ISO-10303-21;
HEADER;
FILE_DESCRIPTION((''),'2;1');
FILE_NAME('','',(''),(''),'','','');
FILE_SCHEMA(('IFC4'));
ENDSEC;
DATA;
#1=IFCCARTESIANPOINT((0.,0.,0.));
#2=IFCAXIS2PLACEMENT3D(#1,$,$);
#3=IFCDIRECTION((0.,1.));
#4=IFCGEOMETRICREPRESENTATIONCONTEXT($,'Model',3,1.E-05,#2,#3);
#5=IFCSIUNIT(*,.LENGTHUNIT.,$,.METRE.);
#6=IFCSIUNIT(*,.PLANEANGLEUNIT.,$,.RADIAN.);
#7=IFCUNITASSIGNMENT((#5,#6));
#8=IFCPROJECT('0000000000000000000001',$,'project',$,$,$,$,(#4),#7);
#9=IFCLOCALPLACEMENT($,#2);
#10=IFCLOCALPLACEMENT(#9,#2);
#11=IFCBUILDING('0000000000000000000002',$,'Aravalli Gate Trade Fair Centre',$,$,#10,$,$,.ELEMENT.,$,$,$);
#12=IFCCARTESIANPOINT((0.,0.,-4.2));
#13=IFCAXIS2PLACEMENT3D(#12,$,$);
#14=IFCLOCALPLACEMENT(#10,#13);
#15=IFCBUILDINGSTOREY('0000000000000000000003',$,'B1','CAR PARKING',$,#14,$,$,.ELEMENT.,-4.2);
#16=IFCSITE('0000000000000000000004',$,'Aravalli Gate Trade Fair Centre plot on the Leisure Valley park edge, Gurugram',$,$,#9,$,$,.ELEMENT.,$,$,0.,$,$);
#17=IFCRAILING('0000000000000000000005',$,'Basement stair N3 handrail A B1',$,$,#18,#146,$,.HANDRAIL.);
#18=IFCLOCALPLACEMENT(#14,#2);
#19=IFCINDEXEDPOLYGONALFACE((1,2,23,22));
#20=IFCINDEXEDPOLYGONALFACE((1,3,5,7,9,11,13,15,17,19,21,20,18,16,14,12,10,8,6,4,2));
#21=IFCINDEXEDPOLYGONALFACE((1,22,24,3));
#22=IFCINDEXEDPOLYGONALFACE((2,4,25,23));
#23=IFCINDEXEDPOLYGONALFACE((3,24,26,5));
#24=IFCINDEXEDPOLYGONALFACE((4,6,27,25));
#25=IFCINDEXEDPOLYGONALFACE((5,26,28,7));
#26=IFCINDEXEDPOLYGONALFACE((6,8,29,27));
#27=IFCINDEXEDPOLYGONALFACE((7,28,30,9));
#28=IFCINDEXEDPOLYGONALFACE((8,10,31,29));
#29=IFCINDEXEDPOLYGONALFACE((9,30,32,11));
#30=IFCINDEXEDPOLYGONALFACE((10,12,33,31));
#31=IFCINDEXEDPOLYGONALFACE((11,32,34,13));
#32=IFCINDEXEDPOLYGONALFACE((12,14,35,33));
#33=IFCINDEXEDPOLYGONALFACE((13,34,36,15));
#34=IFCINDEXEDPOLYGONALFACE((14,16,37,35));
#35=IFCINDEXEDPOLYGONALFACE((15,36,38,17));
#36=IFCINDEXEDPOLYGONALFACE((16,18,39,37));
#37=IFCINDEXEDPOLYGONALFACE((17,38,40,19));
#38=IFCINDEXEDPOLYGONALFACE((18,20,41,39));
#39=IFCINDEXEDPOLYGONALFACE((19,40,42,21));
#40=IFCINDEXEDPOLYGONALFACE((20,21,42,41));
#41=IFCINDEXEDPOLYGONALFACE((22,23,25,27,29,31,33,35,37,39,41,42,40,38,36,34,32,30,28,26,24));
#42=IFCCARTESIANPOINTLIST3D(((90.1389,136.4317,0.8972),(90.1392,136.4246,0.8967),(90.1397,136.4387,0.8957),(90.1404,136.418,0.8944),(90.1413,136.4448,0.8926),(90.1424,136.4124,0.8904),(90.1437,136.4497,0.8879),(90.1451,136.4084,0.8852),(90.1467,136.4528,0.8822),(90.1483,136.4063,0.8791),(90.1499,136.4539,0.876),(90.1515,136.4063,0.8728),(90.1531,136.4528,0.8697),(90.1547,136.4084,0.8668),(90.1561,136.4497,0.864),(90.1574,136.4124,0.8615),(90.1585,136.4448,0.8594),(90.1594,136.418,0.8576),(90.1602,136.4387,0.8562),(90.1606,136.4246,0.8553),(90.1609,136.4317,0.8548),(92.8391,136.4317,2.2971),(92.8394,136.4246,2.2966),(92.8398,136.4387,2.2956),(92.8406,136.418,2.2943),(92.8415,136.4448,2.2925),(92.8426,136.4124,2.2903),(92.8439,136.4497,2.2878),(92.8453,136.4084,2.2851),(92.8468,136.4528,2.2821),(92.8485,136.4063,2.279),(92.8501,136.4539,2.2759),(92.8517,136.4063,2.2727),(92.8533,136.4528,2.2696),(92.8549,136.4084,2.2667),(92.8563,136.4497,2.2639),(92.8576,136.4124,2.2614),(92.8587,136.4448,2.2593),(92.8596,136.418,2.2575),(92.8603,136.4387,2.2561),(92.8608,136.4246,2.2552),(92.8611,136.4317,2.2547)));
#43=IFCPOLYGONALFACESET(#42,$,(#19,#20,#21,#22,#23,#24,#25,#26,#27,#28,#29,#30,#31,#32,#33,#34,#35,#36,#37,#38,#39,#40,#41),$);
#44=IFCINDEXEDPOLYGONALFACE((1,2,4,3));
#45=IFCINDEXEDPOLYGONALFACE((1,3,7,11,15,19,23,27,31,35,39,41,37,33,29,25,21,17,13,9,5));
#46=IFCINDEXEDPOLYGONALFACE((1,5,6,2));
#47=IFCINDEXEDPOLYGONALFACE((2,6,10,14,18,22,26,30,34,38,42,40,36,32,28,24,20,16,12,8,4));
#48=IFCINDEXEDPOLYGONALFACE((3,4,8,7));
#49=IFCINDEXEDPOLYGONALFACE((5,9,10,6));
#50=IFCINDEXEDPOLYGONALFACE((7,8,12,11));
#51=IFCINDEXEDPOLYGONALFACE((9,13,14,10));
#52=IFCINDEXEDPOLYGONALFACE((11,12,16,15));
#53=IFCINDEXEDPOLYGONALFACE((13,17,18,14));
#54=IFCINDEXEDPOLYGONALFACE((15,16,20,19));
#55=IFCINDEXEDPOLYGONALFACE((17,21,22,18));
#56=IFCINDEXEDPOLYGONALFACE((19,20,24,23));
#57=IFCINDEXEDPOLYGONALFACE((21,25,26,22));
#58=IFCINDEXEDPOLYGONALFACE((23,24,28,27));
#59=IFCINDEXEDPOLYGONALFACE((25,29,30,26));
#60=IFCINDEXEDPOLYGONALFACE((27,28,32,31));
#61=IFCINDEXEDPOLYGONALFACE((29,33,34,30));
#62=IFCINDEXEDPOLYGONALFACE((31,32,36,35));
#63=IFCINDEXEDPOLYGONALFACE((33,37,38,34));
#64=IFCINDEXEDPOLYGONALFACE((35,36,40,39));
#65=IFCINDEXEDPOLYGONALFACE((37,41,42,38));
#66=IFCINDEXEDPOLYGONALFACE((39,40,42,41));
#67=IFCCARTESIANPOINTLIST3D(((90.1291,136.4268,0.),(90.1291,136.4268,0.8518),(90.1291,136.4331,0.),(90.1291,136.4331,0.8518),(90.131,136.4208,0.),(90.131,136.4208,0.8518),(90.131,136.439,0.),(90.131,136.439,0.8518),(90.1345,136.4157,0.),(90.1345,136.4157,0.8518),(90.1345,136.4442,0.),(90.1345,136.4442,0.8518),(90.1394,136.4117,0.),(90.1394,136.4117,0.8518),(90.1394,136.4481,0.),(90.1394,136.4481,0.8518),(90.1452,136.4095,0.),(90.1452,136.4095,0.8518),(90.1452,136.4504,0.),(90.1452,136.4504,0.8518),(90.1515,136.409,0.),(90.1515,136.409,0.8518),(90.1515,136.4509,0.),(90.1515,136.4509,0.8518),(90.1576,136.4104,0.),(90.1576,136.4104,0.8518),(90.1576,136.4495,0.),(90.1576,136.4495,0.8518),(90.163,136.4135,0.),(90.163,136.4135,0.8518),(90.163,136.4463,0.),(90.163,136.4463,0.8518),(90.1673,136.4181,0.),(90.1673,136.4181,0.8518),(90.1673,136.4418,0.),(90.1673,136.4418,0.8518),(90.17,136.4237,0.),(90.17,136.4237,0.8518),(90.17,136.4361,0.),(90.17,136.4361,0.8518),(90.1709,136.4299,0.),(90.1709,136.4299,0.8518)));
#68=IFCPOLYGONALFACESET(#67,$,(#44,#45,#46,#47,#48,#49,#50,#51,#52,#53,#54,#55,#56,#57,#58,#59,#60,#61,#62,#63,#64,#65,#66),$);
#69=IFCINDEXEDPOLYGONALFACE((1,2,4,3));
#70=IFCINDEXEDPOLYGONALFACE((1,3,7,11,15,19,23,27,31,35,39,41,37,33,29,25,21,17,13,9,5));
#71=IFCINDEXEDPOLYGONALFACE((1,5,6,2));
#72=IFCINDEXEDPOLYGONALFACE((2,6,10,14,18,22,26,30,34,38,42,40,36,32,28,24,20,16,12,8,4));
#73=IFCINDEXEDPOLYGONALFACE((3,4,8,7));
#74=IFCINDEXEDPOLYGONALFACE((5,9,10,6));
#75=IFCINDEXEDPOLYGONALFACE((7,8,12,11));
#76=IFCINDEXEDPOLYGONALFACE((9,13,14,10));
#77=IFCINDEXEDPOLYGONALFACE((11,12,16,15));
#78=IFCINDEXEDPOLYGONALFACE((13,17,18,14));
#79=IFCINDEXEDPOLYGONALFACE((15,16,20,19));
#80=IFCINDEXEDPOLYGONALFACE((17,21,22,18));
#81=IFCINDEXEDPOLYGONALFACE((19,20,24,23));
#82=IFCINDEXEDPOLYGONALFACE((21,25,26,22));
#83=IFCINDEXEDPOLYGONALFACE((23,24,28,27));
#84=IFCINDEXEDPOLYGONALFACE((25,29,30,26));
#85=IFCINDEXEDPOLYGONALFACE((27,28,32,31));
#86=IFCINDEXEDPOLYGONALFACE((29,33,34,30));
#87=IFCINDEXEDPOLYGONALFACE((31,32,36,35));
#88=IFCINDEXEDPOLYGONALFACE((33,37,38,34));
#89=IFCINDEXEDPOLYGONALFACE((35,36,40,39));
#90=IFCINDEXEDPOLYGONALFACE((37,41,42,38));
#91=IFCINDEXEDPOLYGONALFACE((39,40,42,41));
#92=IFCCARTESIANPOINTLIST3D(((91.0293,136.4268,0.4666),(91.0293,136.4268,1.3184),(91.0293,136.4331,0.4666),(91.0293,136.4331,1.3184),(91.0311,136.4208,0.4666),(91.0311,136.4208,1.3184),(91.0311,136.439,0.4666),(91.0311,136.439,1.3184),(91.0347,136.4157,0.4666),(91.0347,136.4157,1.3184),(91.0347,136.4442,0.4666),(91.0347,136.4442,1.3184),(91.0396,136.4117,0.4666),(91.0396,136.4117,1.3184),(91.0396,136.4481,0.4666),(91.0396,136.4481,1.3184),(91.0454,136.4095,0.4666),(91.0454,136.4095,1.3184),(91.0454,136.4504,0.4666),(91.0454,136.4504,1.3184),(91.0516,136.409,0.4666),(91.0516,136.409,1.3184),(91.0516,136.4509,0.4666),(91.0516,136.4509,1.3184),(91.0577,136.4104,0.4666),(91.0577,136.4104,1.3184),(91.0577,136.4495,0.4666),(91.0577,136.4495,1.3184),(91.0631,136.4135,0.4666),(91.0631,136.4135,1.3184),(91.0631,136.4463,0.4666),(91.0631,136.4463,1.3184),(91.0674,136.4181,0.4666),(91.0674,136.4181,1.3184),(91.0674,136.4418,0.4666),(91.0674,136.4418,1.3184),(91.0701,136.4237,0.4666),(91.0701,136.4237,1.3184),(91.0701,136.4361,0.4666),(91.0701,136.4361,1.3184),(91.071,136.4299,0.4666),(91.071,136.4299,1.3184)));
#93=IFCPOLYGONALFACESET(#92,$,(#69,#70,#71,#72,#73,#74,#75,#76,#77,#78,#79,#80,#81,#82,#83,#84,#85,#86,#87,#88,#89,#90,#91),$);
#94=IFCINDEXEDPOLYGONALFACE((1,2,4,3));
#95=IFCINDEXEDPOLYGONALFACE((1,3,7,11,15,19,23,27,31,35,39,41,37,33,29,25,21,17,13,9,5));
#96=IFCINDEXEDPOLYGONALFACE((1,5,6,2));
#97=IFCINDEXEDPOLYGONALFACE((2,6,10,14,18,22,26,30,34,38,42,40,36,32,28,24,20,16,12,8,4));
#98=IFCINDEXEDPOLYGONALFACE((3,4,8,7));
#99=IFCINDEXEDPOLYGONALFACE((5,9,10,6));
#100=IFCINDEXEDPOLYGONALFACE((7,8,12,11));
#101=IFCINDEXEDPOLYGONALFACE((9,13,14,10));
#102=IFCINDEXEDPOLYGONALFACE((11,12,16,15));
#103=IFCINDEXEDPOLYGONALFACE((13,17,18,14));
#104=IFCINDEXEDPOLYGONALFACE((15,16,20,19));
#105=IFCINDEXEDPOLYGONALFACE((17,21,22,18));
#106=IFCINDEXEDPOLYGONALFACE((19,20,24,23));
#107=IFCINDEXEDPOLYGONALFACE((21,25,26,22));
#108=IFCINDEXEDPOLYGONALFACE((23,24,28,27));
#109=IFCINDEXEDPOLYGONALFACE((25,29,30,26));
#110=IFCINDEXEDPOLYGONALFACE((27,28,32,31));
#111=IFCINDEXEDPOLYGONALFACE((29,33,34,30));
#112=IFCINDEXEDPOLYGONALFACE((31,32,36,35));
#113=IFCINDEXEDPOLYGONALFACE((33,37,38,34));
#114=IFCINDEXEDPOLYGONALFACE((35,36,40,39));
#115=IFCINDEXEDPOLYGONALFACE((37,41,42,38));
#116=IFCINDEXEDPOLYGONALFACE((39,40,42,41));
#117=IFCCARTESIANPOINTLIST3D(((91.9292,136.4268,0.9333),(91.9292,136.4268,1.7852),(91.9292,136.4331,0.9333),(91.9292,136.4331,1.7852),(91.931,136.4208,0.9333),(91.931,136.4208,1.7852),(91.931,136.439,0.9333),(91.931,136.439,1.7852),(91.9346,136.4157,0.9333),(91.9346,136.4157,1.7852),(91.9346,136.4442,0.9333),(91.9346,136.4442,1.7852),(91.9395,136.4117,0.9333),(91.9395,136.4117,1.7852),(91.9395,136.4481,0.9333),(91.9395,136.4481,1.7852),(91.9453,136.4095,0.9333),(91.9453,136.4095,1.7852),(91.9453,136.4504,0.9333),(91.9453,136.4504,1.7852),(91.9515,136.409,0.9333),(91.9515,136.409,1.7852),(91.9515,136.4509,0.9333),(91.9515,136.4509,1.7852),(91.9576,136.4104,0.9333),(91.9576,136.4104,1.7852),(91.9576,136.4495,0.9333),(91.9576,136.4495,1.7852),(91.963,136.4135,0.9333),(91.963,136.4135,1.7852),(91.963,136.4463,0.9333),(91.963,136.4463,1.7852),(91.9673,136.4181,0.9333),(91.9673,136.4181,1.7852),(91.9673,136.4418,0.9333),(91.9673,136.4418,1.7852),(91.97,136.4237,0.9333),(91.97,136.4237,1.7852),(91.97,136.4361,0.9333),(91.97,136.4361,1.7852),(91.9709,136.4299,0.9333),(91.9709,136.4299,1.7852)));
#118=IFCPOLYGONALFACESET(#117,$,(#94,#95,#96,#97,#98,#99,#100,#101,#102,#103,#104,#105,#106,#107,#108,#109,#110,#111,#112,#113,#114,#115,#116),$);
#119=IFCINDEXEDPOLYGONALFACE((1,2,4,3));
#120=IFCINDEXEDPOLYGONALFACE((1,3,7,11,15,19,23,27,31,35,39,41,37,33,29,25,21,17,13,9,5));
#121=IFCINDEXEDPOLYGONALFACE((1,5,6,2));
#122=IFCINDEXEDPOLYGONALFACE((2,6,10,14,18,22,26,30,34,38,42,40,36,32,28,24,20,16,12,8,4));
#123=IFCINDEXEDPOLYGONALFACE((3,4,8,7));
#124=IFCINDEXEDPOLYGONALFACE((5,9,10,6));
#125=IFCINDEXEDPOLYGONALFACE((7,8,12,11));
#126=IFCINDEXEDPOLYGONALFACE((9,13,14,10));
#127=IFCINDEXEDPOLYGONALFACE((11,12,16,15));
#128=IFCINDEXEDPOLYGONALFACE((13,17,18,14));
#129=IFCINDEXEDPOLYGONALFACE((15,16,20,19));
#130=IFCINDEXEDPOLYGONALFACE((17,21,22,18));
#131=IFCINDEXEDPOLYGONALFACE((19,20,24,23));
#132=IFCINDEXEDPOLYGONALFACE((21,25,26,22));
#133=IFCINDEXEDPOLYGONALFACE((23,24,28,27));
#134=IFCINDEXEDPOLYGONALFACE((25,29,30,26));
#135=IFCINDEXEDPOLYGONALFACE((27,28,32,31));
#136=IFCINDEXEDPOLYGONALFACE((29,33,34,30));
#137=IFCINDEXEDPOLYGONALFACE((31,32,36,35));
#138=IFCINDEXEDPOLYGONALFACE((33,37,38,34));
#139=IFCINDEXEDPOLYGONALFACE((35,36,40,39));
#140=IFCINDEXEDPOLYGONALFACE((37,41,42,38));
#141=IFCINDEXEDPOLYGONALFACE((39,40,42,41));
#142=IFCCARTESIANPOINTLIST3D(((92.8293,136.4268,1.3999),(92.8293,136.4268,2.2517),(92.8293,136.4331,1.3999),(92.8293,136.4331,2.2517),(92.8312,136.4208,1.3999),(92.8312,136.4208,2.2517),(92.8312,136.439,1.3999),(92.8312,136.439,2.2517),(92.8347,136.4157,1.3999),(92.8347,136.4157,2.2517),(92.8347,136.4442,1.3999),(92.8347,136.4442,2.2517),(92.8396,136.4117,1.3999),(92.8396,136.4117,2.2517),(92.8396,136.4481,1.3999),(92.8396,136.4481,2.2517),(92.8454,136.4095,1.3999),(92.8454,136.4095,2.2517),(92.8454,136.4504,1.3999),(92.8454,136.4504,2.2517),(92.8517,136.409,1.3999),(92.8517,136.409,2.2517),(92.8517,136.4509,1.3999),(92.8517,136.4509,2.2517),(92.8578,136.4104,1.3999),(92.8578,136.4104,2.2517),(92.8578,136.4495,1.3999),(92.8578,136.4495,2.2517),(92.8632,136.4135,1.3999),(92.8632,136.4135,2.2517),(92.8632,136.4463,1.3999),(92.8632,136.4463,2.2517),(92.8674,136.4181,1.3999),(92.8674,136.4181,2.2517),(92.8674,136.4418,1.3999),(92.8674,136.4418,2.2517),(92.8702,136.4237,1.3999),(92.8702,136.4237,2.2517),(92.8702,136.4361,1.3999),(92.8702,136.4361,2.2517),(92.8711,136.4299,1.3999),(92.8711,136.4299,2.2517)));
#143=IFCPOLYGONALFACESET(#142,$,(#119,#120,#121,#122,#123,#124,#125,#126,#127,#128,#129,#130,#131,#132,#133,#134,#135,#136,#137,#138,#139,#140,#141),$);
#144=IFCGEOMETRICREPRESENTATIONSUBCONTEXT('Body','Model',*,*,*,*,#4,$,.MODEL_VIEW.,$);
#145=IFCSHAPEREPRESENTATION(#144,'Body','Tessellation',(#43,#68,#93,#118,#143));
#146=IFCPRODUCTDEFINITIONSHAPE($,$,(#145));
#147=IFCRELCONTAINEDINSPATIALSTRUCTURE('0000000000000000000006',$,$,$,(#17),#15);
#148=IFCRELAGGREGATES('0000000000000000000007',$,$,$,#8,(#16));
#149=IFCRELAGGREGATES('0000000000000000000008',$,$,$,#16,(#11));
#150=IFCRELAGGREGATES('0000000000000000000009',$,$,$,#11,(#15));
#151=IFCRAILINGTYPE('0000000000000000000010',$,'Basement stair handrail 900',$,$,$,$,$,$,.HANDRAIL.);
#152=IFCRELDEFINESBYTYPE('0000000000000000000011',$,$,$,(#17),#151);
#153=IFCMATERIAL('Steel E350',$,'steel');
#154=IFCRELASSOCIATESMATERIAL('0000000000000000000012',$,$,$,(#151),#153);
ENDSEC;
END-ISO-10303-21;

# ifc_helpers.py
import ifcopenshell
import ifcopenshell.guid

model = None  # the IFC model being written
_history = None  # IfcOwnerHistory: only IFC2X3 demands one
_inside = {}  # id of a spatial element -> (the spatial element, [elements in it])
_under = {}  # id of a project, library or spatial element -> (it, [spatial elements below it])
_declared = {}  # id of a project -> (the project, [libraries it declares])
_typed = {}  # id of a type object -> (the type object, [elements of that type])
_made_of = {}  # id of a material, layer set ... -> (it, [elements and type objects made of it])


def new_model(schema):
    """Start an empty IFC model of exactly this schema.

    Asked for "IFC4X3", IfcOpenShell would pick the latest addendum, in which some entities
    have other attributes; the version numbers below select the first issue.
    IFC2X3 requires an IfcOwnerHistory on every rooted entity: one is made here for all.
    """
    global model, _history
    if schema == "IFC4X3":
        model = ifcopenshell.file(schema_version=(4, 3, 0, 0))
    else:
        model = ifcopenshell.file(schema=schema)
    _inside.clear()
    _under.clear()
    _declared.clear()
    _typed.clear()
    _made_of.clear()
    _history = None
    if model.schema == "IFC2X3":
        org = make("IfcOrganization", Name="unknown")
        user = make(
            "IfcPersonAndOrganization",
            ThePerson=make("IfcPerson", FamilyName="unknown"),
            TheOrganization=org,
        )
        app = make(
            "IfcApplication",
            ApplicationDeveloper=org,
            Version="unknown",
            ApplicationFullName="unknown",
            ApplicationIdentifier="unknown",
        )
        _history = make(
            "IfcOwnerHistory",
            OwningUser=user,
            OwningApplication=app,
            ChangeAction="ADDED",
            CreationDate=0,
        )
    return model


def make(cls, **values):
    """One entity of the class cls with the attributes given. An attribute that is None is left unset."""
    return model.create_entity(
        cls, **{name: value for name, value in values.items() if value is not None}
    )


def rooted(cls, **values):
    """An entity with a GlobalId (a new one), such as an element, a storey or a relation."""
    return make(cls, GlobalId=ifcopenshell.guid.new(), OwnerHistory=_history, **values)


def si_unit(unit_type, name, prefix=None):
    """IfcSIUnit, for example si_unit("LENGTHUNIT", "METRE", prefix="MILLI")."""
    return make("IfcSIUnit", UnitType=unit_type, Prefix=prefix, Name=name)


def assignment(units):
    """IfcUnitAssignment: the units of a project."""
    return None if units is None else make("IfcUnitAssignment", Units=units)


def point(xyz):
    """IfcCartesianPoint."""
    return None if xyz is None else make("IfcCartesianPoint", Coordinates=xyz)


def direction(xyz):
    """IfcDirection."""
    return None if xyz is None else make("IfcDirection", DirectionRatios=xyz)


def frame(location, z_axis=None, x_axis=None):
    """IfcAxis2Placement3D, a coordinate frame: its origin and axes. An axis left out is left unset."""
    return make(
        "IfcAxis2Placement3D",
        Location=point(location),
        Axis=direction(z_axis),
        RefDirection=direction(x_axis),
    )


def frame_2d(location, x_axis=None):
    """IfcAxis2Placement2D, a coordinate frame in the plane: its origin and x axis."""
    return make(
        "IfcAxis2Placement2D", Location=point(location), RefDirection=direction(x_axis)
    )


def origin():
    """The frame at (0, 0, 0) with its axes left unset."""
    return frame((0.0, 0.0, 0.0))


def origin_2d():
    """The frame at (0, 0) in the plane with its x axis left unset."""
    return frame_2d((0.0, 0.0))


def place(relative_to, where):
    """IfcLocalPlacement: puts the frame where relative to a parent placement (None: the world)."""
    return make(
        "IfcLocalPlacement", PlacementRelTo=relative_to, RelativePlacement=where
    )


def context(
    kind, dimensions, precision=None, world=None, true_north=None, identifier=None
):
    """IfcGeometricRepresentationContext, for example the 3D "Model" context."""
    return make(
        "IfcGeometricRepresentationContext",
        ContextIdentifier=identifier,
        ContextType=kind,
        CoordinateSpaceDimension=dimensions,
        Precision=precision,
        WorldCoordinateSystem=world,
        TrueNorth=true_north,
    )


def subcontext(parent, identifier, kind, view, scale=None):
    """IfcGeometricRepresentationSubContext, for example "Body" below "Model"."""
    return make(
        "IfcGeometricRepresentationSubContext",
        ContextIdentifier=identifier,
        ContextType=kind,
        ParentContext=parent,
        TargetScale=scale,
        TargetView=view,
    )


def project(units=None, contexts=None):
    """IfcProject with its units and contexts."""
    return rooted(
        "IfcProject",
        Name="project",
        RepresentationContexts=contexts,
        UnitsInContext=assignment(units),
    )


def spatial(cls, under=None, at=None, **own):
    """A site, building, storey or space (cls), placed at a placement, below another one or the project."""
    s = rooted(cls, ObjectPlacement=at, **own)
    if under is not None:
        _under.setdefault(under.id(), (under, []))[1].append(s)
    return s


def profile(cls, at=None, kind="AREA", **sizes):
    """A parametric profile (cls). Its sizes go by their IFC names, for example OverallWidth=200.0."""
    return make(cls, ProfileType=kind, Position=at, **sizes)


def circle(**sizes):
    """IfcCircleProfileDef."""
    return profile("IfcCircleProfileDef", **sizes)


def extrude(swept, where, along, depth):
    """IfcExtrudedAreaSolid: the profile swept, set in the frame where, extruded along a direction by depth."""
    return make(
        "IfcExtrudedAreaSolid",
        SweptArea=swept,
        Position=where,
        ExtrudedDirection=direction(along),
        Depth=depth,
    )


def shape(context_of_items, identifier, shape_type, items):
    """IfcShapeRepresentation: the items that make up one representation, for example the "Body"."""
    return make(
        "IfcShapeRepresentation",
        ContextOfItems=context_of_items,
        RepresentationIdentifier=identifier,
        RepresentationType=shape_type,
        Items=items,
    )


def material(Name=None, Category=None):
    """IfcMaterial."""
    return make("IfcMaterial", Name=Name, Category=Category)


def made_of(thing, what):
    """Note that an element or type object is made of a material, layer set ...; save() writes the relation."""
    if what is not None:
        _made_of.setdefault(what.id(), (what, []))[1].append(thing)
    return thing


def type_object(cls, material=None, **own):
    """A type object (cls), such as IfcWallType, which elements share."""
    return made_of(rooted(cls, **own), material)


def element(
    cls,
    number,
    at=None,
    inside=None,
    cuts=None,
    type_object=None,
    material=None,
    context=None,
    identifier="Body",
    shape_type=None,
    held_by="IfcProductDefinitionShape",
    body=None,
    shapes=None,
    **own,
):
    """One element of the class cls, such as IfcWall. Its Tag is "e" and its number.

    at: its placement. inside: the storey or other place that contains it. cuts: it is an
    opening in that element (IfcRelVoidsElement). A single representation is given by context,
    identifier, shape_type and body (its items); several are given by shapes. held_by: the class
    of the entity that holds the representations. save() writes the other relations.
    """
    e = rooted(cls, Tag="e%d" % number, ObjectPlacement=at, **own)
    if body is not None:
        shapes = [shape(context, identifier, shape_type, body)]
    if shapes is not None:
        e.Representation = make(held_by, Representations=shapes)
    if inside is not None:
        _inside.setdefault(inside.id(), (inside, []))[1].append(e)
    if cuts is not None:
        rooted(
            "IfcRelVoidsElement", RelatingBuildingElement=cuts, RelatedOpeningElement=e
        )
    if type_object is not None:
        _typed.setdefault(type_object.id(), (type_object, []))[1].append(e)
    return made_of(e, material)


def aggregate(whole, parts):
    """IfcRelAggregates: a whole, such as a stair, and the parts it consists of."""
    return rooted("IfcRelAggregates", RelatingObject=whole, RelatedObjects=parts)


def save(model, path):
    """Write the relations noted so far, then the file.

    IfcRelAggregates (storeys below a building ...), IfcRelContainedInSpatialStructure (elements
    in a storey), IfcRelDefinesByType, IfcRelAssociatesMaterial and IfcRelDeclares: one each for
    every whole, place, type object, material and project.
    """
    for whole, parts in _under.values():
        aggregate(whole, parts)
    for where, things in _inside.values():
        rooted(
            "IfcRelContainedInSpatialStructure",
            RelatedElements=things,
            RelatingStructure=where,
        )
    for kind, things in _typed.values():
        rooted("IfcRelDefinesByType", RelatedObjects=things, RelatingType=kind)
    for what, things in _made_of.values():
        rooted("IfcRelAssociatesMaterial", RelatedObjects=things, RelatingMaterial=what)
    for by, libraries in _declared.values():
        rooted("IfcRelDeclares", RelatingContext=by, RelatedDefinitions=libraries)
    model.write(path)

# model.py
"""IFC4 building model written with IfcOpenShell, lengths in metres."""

from ifc_helpers import new_model, si_unit, direction, frame, origin, origin_2d, place, context, subcontext, project, spatial, circle, extrude, material, type_object, element, save


model = new_model("IFC4")

# Units and contexts
model_context = context("Model", 3, precision=1e-05, world=origin(), true_north=direction((0.0, 1.0)))
body_context = subcontext(model_context, "Body", "Model", "MODEL_VIEW")
ifc_project = project(units=[si_unit("LENGTHUNIT", "METRE"), si_unit("PLANEANGLEUNIT", "RADIAN")], contexts=[model_context])

# Site, building, storey
site_placement = place(None, origin())
site = spatial("IfcSite", under=ifc_project, at=site_placement, Name="Aravalli Gate Trade Fair Centre plot on the Leisure Valley park edge, Gurugram", CompositionType="ELEMENT", RefElevation=0.0)
building_placement = place(site_placement, origin())
building = spatial("IfcBuilding", under=site, at=building_placement, Name="Aravalli Gate Trade Fair Centre", CompositionType="ELEMENT")
storey_placement = place(building_placement, frame((0.0, 0.0, -4.2)))
storey = spatial("IfcBuildingStorey", under=building, at=storey_placement, Name="B1", Description="CAR PARKING", CompositionType="ELEMENT", Elevation=-4.2)

# Railing
ifc_material_1 = material(Name="Steel E350", Category="steel")
railing_type_1 = type_object("IfcRailingType", Name="Basement stair handrail 900", PredefinedType="HANDRAIL", material=ifc_material_1)
for number, where, name in (
    (1, (90.1499, 136.4299, 0.0), "Basement stair N3 handrail A B1"),
):
    element("IfcRailing", number, at=place(storey_placement, frame(where)), inside=storey, type_object=railing_type_1, Name=name, PredefinedType="HANDRAIL", context=body_context, shape_type="SweptSolid", body=[
        extrude(circle(Radius=0.0239, at=origin_2d()), frame((0.0, 0.0, 0.876), z_axis=(0.887781, 0.0, 0.460266), x_axis=(0.0, 1.0, 0.0)), (0.0, 0.0, 1.0), 3.0415),
        extrude(circle(Radius=0.021, at=origin_2d()), origin(), (0.0, 0.0, 1.0), 0.8518),
        extrude(circle(Radius=0.021, at=origin_2d()), frame((0.9001, 0.0, 0.4666)), (0.0, 0.0, 1.0), 0.8518),
        extrude(circle(Radius=0.021, at=origin_2d()), frame((1.8, 0.0, 0.9333)), (0.0, 0.0, 1.0), 0.8518),
        extrude(circle(Radius=0.021, at=origin_2d()), frame((2.7002, 0.0, 1.3999)), (0.0, 0.0, 1.0), 0.8518),
    ])

save(model, "model.ifc")
